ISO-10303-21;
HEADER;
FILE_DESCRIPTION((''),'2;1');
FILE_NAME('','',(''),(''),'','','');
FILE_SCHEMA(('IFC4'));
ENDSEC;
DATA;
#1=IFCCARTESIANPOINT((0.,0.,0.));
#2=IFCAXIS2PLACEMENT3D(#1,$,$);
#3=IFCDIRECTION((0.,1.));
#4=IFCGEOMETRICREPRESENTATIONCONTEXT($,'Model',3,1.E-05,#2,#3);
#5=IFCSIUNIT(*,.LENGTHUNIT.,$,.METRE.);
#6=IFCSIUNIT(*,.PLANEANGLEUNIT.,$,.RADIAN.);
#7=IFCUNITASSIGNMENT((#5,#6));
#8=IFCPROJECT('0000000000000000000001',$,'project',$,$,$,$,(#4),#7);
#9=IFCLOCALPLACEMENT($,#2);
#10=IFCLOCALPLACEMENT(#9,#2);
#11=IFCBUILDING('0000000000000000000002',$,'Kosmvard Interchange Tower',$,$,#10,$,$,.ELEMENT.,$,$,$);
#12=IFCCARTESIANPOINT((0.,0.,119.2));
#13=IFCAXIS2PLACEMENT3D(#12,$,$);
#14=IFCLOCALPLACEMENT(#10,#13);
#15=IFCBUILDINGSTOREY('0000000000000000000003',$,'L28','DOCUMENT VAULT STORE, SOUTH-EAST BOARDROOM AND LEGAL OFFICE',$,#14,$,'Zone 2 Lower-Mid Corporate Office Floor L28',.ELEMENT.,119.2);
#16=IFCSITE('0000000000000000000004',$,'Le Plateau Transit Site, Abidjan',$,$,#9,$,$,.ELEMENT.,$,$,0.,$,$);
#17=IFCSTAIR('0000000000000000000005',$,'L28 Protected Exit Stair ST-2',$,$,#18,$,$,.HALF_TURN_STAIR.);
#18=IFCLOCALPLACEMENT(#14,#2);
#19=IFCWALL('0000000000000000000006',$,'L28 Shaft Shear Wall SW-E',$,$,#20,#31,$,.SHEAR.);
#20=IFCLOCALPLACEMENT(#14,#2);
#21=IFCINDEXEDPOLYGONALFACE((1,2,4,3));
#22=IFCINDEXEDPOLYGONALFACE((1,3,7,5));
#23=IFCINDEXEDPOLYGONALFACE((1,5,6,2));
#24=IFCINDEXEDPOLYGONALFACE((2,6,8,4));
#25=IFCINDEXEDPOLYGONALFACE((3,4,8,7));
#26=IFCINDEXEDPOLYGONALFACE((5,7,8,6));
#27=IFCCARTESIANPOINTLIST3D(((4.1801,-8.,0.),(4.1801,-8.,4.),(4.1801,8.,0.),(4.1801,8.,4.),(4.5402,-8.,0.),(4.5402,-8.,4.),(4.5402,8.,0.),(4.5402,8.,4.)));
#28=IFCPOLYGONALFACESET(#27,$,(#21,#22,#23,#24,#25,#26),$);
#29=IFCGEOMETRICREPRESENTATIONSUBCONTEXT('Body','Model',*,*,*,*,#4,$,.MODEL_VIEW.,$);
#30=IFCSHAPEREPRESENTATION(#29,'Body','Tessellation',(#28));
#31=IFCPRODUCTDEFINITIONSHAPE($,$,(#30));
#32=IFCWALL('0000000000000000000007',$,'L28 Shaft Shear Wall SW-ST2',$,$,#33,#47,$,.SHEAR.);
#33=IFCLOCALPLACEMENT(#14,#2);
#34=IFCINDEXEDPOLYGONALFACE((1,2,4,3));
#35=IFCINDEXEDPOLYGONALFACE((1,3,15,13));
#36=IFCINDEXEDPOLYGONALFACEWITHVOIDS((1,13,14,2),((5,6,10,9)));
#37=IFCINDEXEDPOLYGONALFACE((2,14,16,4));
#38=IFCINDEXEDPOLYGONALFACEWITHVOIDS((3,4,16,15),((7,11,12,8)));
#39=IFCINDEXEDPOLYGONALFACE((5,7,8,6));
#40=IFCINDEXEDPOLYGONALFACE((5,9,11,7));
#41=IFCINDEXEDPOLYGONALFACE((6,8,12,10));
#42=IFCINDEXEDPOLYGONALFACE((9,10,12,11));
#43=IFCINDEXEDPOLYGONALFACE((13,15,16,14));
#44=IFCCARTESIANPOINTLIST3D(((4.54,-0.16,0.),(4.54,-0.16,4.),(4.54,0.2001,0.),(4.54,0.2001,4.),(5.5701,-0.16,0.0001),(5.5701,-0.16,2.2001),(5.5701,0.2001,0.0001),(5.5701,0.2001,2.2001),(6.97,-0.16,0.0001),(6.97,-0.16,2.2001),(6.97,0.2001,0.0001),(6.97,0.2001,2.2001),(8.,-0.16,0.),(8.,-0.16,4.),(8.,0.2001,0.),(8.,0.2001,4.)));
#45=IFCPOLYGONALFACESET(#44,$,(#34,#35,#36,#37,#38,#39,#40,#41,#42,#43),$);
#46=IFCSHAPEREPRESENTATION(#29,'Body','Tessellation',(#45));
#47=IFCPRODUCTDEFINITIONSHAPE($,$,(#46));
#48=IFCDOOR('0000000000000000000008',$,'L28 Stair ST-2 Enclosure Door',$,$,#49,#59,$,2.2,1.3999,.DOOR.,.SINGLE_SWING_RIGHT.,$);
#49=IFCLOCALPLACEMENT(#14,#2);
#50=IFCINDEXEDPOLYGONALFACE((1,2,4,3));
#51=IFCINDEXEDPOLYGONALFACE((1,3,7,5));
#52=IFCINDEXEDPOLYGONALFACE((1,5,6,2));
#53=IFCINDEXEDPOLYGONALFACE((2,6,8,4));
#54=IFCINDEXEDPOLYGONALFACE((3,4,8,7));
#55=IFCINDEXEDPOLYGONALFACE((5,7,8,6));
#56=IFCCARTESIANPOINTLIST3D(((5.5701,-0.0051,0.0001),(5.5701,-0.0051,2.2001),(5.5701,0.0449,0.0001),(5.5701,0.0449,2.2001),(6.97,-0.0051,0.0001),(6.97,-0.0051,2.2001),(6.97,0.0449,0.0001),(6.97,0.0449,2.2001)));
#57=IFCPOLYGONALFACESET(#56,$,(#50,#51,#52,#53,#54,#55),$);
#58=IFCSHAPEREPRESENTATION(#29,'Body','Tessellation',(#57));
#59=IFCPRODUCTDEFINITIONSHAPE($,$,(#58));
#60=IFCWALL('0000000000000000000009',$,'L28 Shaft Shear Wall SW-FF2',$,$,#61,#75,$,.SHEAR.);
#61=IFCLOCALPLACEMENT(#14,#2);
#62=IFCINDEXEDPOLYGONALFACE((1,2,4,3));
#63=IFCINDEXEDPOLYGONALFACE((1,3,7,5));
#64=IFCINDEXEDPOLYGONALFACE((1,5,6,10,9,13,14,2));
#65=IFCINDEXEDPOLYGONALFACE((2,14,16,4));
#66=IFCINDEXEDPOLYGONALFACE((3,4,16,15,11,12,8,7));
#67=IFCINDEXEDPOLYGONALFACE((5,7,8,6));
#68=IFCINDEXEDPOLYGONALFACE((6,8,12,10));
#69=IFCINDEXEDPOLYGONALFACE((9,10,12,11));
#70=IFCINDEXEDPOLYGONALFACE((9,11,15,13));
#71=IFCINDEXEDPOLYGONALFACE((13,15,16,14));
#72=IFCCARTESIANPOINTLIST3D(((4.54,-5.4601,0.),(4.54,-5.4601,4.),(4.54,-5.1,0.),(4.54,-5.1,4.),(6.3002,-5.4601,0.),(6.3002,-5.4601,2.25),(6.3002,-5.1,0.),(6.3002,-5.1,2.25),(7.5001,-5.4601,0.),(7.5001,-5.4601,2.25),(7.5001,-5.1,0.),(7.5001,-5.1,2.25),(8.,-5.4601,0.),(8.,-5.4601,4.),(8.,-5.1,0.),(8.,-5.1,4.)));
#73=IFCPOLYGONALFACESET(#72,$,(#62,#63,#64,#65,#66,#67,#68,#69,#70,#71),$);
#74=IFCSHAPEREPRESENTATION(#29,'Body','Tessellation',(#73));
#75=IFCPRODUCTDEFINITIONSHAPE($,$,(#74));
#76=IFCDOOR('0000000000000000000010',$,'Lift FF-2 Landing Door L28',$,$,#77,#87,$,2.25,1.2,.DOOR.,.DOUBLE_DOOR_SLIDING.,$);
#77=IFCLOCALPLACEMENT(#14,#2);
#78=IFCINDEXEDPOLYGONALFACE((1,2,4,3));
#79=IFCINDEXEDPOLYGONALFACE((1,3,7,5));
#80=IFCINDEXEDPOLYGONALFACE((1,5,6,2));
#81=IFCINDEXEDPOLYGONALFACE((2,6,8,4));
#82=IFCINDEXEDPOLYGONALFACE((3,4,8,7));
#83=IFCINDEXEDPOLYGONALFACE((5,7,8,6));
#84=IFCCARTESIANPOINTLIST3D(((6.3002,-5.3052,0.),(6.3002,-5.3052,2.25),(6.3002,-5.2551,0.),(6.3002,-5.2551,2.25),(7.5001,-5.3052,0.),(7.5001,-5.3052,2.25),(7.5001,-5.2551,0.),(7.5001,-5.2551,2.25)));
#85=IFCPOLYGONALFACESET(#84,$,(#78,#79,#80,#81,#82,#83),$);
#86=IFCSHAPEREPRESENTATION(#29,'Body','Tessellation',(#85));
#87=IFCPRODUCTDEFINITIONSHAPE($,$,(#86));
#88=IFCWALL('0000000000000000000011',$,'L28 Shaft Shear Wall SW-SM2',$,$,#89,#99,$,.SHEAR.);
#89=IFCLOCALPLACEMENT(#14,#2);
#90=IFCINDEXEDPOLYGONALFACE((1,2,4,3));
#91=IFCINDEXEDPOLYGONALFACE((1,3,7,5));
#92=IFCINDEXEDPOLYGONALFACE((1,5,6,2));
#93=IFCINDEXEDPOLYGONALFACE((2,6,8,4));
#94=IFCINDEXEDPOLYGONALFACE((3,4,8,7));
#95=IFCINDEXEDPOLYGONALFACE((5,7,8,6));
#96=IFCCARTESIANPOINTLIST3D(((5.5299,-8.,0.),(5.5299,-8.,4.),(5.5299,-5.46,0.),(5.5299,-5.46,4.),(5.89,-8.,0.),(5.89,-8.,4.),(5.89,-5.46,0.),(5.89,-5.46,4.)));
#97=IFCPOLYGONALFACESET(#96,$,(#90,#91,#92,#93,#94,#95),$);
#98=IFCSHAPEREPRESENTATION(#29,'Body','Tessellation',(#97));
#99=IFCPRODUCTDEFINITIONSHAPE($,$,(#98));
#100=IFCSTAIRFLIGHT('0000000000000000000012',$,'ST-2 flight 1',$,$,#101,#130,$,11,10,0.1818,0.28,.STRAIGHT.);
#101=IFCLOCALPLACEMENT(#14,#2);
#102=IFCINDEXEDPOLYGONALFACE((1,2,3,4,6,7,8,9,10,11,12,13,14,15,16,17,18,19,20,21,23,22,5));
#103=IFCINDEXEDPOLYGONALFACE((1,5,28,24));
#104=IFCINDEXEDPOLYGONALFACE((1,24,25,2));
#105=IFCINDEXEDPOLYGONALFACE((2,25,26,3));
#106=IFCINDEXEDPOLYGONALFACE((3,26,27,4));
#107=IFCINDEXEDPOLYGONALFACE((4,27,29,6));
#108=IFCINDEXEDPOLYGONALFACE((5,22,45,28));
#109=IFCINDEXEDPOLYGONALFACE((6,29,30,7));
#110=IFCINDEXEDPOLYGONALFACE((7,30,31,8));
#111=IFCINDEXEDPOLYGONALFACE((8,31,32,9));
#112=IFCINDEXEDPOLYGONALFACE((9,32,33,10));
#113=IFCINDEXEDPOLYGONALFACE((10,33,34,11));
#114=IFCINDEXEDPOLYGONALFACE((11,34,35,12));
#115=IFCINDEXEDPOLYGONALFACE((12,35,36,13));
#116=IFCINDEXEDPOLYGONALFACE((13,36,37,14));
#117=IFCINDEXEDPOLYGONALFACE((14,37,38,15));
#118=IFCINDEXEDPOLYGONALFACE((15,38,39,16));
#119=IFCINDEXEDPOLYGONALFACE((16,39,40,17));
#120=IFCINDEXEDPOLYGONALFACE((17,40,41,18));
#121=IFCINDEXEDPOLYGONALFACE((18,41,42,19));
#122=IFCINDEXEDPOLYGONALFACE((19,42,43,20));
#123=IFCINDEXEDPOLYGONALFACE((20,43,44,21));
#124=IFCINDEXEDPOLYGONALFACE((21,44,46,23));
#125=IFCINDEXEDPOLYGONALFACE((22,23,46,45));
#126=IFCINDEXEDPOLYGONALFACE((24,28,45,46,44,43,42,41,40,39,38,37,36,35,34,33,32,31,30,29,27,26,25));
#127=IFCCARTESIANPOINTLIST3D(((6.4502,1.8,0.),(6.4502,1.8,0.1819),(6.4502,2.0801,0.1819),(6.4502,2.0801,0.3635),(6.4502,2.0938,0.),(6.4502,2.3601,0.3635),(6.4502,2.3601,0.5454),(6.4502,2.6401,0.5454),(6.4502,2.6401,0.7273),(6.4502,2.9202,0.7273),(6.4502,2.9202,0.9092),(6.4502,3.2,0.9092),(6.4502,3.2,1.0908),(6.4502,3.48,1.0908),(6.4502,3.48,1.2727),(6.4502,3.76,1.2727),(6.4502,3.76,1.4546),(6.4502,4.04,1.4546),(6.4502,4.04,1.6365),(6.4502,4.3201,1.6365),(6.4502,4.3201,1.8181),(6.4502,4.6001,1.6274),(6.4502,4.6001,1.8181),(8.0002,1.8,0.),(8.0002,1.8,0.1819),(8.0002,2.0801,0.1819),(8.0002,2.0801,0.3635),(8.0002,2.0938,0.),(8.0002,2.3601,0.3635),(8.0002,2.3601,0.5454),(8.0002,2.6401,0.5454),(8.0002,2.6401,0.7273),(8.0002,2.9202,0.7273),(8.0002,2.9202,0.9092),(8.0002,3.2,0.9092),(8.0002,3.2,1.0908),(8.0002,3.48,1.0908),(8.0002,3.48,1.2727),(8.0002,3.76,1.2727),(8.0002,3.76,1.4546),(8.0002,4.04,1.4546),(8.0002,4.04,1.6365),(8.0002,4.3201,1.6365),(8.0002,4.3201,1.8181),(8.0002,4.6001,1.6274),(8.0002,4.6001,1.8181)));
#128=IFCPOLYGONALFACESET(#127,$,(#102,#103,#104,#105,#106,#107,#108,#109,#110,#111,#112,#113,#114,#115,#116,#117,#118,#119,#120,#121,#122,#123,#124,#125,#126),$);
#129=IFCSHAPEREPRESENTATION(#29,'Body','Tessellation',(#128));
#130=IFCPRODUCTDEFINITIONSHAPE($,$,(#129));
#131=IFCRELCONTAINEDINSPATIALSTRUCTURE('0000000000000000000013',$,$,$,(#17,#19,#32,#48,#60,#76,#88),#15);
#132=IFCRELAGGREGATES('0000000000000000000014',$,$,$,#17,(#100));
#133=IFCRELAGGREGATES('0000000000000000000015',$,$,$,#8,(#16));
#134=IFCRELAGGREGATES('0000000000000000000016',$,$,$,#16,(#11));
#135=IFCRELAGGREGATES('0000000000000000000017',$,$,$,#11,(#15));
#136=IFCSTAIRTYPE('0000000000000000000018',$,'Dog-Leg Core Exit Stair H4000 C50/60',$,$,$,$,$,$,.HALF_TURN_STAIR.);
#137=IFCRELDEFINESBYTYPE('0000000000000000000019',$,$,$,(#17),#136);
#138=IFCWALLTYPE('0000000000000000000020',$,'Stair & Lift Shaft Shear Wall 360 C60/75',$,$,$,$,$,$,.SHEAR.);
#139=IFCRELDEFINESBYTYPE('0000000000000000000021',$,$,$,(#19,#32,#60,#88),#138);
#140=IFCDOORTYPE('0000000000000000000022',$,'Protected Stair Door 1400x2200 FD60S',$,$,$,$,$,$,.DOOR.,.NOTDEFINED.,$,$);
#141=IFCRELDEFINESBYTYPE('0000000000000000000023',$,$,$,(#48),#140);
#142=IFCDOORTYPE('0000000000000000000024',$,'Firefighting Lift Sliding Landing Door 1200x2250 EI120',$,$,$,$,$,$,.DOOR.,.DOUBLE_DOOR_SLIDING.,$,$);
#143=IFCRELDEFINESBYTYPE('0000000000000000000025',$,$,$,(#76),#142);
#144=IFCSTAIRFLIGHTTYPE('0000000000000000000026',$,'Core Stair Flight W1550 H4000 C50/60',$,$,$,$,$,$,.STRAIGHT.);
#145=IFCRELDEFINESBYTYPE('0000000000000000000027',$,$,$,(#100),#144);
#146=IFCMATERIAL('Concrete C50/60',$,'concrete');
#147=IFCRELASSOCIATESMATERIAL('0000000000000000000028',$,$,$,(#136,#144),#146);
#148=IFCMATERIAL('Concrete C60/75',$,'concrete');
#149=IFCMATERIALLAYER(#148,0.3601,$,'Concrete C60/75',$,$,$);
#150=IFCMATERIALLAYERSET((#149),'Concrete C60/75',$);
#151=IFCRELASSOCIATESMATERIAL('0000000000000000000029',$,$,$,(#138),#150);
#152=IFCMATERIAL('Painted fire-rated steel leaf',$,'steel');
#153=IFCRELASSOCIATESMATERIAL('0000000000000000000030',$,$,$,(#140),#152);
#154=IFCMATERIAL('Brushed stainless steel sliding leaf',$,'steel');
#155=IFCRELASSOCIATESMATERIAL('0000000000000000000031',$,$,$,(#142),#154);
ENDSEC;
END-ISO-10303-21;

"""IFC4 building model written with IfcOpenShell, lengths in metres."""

from ifc_helpers import new_model, si_unit, direction, frame, frame_2d, origin, place, context, subcontext, project, spatial, polyline, rectangle, outline, extrude, source, transform, mapped, material, layer, layer_set, type_object, element, fill, aggregate, save


model = new_model("IFC4")

# Units and contexts
model_context = context("Model", 3, precision=1e-05, world=origin(), true_north=direction((0.0, 1.0)))
body_context = subcontext(model_context, "Body", "Model", "MODEL_VIEW")
ifc_project = project(units=[si_unit("LENGTHUNIT", "METRE"), si_unit("PLANEANGLEUNIT", "RADIAN")], contexts=[model_context])

# Site, building, storey
site_placement = place(None, origin())
site = spatial("IfcSite", under=ifc_project, at=site_placement, Name="Le Plateau Transit Site, Abidjan", CompositionType="ELEMENT", RefElevation=0.0)
building_placement = place(site_placement, origin())
building = spatial("IfcBuilding", under=site, at=building_placement, Name="Kosmvard Interchange Tower", CompositionType="ELEMENT")
storey_placement = place(building_placement, frame((0.0, 0.0, 119.2)))
storey = spatial("IfcBuildingStorey", under=building, at=storey_placement, Name="L28", Description="DOCUMENT VAULT STORE, SOUTH-EAST BOARDROOM AND LEGAL OFFICE", LongName="Zone 2 Lower-Mid Corporate Office Floor L28", CompositionType="ELEMENT", Elevation=119.2)

# Shared definitions
ifc_material_1 = material(Name="Concrete C60/75", Category="concrete")

# Shared definitions
ifc_material_2 = material(Name="Concrete C50/60", Category="concrete")

# Stair
stair_type = type_object("IfcStairType", Name="Dog-Leg Core Exit Stair H4000 C50/60", PredefinedType="HALF_TURN_STAIR", material=ifc_material_2)
stair_1_placement = place(storey_placement, origin())
stair_1 = element("IfcStair", 1, at=stair_1_placement, inside=storey, type_object=stair_type, Name="L28 Protected Exit Stair ST-2", PredefinedType="HALF_TURN_STAIR")

# Shared definitions
ifc_material_3 = material(Name="Brushed stainless steel sliding leaf", Category="steel")

# Wall
ifc_layer_1 = layer(ifc_material_1, 0.3601, Name="Concrete C60/75")
ifc_layer_set_1 = layer_set([ifc_layer_1], Name="Concrete C60/75")
wall_type_1 = type_object("IfcWallType", Name="Stair & Lift Shaft Shear Wall 360 C60/75", PredefinedType="SHEAR", material=ifc_layer_set_1)
wall_1_placement = place(storey_placement, frame((4.3601, -8.0, 0.0), z_axis=(0.0, 0.0, 1.0), x_axis=(0.0, 1.0, 0.0)))
element("IfcWall", 2, at=wall_1_placement, inside=storey, type_object=wall_type_1, Name="L28 Shaft Shear Wall SW-E", PredefinedType="SHEAR", context=body_context, shape_type="SweptSolid", body=[
    extrude(rectangle(XDim=16.0, YDim=0.3601, at=frame_2d((8.0, 0.0))), origin(), (0.0, 0.0, 1.0), 4.0),
])

# Walls, openings, doors
wall_2_placement = place(storey_placement, frame((4.54, 0.02, 0.0), z_axis=(0.0, 0.0, 1.0), x_axis=(1.0, 0.0, 0.0)))
wall_2 = element("IfcWall", 3, at=wall_2_placement, inside=storey, type_object=wall_type_1, Name="L28 Shaft Shear Wall SW-ST2", PredefinedType="SHEAR", context=body_context, shape_type="SweptSolid", body=[
    extrude(rectangle(XDim=3.46, YDim=0.3601, at=frame_2d((1.73, 0.0))), origin(), (0.0, 0.0, 1.0), 4.0),
])
opening_1_placement = place(wall_2_placement, frame((1.03, 0.0, 0.0)))
opening_1 = element("IfcOpeningElement", 4, at=opening_1_placement, cuts=wall_2, PredefinedType="OPENING", context=body_context, shape_type="SweptSolid", body=[
    extrude(rectangle(XDim=1.3999, YDim=2.2, at=frame_2d((0.7, 1.1001))), frame((0.0, 0.1899, 0.0), z_axis=(0.0, -1.0, 0.0), x_axis=(1.0, 0.0, 0.0)), (0.0, 0.0, 1.0), 0.3801),
])
ifc_material_4 = material(Name="Painted fire-rated steel leaf", Category="steel")
door_type_1 = type_object("IfcDoorType", Name="Protected Stair Door 1400x2200 FD60S", OperationType="NOTDEFINED", PredefinedType="DOOR", material=ifc_material_4)
shared_shape_1 = source(origin(), body_context, "Body", "SweptSolid", [
    extrude(rectangle(XDim=1.3999, YDim=2.2, at=frame_2d((0.7, 1.1001))), frame((0.0, 0.0249, 0.0), z_axis=(0.0, -1.0, 0.0), x_axis=(1.0, 0.0, 0.0)), (0.0, 0.0, 1.0), 0.05),
])
door_1_placement = place(opening_1_placement, origin())
door_1 = element("IfcDoor", 5, at=door_1_placement, inside=storey, type_object=door_type_1, Name="L28 Stair ST-2 Enclosure Door", OperationType="SINGLE_SWING_RIGHT", OverallHeight=2.2, OverallWidth=1.3999, PredefinedType="DOOR", context=body_context, shape_type="MappedRepresentation", body=[
    mapped(shared_shape_1, transform((0.0, 0.0, 0.0), scale=1.0)),
])
fill(opening_1, door_1)
wall_3_placement = place(storey_placement, frame((4.54, -5.28, 0.0), z_axis=(0.0, 0.0, 1.0), x_axis=(1.0, 0.0, 0.0)))
wall_3 = element("IfcWall", 6, at=wall_3_placement, inside=storey, type_object=wall_type_1, Name="L28 Shaft Shear Wall SW-FF2", PredefinedType="SHEAR", context=body_context, shape_type="SweptSolid", body=[
    extrude(rectangle(XDim=3.46, YDim=0.3601, at=frame_2d((1.73, 0.0))), origin(), (0.0, 0.0, 1.0), 4.0),
])
opening_2_placement = place(wall_3_placement, frame((1.76, 0.0, 0.0)))
opening_2 = element("IfcOpeningElement", 7, at=opening_2_placement, cuts=wall_3, PredefinedType="OPENING", context=body_context, shape_type="SweptSolid", body=[
    extrude(rectangle(XDim=1.2, YDim=2.25, at=frame_2d((0.6001, 1.125))), frame((0.0, 0.1899, 0.0), z_axis=(0.0, -1.0, 0.0), x_axis=(1.0, 0.0, 0.0)), (0.0, 0.0, 1.0), 0.3801),
])
door_type_2 = type_object("IfcDoorType", Name="Firefighting Lift Sliding Landing Door 1200x2250 EI120", OperationType="DOUBLE_DOOR_SLIDING", PredefinedType="DOOR", material=ifc_material_3)
shared_shape_2 = source(origin(), body_context, "Body", "SweptSolid", [
    extrude(rectangle(XDim=1.2, YDim=2.25, at=frame_2d((0.6001, 1.125))), frame((0.0, 0.0249, 0.0), z_axis=(0.0, -1.0, 0.0), x_axis=(1.0, 0.0, 0.0)), (0.0, 0.0, 1.0), 0.05),
])
door_2_placement = place(opening_2_placement, origin())
door_2 = element("IfcDoor", 8, at=door_2_placement, inside=storey, type_object=door_type_2, Name="Lift FF-2 Landing Door L28", OperationType="DOUBLE_DOOR_SLIDING", OverallHeight=2.25, OverallWidth=1.2, PredefinedType="DOOR", context=body_context, shape_type="MappedRepresentation", body=[
    mapped(shared_shape_2, transform((0.0, 0.0, 0.0), scale=1.0)),
])
fill(opening_2, door_2)

# Wall
wall_4_placement = place(storey_placement, frame((5.71, -8.0, 0.0), z_axis=(0.0, 0.0, 1.0), x_axis=(0.0, 1.0, 0.0)))
element("IfcWall", 9, at=wall_4_placement, inside=storey, type_object=wall_type_1, Name="L28 Shaft Shear Wall SW-SM2", PredefinedType="SHEAR", context=body_context, shape_type="SweptSolid", body=[
    extrude(rectangle(XDim=2.54, YDim=0.3601, at=frame_2d((1.27, 0.0))), origin(), (0.0, 0.0, 1.0), 4.0),
])

# Stair flight
stair_flight_type = type_object("IfcStairFlightType", Name="Core Stair Flight W1550 H4000 C50/60", PredefinedType="STRAIGHT", material=ifc_material_2)
shared_shape_3 = source(origin(), body_context, "Body", "SweptSolid", [
    extrude(outline(polyline([(0.0, 0.0), (0.0, 0.1819), (0.28, 0.1819), (0.28, 0.3635), (0.5601, 0.3635), (0.5601, 0.5454), (0.8401, 0.5454), (0.8401, 0.7273), (1.1201, 0.7273), (1.1201, 0.9092), (1.3999, 0.9092), (1.3999, 1.0908), (1.6799, 1.0908), (1.6799, 1.2727), (1.96, 1.2727), (1.96, 1.4546), (2.24, 1.4546), (2.24, 1.6365), (2.52, 1.6365), (2.52, 1.8181), (2.8, 1.8181), (2.8, 2.0), (2.8, 1.6274), (0.2937, 0.0), (0.0, 0.0)])), frame((0.0, 0.7749, 0.0), z_axis=(0.0, -1.0, 0.0), x_axis=(1.0, 0.0, 0.0)), (0.0, 0.0, 1.0), 1.55),
])
stair_flight_placement = place(storey_placement, frame((7.2251, 1.8, 0.0), z_axis=(0.0, 0.0, 1.0), x_axis=(0.0, 1.0, 0.0)))
stair_flight = element("IfcStairFlight", 10, at=stair_flight_placement, type_object=stair_flight_type, Name="ST-2 flight 1", NumberOfRisers=11, NumberOfTreads=10, PredefinedType="STRAIGHT", RiserHeight=0.1818, TreadLength=0.28, context=body_context, shape_type="MappedRepresentation", body=[
    mapped(shared_shape_3, transform((0.0, 0.0, 0.0), scale=1.0)),
])
aggregate(stair_1, [stair_flight])

save(model, "model.ifc")
